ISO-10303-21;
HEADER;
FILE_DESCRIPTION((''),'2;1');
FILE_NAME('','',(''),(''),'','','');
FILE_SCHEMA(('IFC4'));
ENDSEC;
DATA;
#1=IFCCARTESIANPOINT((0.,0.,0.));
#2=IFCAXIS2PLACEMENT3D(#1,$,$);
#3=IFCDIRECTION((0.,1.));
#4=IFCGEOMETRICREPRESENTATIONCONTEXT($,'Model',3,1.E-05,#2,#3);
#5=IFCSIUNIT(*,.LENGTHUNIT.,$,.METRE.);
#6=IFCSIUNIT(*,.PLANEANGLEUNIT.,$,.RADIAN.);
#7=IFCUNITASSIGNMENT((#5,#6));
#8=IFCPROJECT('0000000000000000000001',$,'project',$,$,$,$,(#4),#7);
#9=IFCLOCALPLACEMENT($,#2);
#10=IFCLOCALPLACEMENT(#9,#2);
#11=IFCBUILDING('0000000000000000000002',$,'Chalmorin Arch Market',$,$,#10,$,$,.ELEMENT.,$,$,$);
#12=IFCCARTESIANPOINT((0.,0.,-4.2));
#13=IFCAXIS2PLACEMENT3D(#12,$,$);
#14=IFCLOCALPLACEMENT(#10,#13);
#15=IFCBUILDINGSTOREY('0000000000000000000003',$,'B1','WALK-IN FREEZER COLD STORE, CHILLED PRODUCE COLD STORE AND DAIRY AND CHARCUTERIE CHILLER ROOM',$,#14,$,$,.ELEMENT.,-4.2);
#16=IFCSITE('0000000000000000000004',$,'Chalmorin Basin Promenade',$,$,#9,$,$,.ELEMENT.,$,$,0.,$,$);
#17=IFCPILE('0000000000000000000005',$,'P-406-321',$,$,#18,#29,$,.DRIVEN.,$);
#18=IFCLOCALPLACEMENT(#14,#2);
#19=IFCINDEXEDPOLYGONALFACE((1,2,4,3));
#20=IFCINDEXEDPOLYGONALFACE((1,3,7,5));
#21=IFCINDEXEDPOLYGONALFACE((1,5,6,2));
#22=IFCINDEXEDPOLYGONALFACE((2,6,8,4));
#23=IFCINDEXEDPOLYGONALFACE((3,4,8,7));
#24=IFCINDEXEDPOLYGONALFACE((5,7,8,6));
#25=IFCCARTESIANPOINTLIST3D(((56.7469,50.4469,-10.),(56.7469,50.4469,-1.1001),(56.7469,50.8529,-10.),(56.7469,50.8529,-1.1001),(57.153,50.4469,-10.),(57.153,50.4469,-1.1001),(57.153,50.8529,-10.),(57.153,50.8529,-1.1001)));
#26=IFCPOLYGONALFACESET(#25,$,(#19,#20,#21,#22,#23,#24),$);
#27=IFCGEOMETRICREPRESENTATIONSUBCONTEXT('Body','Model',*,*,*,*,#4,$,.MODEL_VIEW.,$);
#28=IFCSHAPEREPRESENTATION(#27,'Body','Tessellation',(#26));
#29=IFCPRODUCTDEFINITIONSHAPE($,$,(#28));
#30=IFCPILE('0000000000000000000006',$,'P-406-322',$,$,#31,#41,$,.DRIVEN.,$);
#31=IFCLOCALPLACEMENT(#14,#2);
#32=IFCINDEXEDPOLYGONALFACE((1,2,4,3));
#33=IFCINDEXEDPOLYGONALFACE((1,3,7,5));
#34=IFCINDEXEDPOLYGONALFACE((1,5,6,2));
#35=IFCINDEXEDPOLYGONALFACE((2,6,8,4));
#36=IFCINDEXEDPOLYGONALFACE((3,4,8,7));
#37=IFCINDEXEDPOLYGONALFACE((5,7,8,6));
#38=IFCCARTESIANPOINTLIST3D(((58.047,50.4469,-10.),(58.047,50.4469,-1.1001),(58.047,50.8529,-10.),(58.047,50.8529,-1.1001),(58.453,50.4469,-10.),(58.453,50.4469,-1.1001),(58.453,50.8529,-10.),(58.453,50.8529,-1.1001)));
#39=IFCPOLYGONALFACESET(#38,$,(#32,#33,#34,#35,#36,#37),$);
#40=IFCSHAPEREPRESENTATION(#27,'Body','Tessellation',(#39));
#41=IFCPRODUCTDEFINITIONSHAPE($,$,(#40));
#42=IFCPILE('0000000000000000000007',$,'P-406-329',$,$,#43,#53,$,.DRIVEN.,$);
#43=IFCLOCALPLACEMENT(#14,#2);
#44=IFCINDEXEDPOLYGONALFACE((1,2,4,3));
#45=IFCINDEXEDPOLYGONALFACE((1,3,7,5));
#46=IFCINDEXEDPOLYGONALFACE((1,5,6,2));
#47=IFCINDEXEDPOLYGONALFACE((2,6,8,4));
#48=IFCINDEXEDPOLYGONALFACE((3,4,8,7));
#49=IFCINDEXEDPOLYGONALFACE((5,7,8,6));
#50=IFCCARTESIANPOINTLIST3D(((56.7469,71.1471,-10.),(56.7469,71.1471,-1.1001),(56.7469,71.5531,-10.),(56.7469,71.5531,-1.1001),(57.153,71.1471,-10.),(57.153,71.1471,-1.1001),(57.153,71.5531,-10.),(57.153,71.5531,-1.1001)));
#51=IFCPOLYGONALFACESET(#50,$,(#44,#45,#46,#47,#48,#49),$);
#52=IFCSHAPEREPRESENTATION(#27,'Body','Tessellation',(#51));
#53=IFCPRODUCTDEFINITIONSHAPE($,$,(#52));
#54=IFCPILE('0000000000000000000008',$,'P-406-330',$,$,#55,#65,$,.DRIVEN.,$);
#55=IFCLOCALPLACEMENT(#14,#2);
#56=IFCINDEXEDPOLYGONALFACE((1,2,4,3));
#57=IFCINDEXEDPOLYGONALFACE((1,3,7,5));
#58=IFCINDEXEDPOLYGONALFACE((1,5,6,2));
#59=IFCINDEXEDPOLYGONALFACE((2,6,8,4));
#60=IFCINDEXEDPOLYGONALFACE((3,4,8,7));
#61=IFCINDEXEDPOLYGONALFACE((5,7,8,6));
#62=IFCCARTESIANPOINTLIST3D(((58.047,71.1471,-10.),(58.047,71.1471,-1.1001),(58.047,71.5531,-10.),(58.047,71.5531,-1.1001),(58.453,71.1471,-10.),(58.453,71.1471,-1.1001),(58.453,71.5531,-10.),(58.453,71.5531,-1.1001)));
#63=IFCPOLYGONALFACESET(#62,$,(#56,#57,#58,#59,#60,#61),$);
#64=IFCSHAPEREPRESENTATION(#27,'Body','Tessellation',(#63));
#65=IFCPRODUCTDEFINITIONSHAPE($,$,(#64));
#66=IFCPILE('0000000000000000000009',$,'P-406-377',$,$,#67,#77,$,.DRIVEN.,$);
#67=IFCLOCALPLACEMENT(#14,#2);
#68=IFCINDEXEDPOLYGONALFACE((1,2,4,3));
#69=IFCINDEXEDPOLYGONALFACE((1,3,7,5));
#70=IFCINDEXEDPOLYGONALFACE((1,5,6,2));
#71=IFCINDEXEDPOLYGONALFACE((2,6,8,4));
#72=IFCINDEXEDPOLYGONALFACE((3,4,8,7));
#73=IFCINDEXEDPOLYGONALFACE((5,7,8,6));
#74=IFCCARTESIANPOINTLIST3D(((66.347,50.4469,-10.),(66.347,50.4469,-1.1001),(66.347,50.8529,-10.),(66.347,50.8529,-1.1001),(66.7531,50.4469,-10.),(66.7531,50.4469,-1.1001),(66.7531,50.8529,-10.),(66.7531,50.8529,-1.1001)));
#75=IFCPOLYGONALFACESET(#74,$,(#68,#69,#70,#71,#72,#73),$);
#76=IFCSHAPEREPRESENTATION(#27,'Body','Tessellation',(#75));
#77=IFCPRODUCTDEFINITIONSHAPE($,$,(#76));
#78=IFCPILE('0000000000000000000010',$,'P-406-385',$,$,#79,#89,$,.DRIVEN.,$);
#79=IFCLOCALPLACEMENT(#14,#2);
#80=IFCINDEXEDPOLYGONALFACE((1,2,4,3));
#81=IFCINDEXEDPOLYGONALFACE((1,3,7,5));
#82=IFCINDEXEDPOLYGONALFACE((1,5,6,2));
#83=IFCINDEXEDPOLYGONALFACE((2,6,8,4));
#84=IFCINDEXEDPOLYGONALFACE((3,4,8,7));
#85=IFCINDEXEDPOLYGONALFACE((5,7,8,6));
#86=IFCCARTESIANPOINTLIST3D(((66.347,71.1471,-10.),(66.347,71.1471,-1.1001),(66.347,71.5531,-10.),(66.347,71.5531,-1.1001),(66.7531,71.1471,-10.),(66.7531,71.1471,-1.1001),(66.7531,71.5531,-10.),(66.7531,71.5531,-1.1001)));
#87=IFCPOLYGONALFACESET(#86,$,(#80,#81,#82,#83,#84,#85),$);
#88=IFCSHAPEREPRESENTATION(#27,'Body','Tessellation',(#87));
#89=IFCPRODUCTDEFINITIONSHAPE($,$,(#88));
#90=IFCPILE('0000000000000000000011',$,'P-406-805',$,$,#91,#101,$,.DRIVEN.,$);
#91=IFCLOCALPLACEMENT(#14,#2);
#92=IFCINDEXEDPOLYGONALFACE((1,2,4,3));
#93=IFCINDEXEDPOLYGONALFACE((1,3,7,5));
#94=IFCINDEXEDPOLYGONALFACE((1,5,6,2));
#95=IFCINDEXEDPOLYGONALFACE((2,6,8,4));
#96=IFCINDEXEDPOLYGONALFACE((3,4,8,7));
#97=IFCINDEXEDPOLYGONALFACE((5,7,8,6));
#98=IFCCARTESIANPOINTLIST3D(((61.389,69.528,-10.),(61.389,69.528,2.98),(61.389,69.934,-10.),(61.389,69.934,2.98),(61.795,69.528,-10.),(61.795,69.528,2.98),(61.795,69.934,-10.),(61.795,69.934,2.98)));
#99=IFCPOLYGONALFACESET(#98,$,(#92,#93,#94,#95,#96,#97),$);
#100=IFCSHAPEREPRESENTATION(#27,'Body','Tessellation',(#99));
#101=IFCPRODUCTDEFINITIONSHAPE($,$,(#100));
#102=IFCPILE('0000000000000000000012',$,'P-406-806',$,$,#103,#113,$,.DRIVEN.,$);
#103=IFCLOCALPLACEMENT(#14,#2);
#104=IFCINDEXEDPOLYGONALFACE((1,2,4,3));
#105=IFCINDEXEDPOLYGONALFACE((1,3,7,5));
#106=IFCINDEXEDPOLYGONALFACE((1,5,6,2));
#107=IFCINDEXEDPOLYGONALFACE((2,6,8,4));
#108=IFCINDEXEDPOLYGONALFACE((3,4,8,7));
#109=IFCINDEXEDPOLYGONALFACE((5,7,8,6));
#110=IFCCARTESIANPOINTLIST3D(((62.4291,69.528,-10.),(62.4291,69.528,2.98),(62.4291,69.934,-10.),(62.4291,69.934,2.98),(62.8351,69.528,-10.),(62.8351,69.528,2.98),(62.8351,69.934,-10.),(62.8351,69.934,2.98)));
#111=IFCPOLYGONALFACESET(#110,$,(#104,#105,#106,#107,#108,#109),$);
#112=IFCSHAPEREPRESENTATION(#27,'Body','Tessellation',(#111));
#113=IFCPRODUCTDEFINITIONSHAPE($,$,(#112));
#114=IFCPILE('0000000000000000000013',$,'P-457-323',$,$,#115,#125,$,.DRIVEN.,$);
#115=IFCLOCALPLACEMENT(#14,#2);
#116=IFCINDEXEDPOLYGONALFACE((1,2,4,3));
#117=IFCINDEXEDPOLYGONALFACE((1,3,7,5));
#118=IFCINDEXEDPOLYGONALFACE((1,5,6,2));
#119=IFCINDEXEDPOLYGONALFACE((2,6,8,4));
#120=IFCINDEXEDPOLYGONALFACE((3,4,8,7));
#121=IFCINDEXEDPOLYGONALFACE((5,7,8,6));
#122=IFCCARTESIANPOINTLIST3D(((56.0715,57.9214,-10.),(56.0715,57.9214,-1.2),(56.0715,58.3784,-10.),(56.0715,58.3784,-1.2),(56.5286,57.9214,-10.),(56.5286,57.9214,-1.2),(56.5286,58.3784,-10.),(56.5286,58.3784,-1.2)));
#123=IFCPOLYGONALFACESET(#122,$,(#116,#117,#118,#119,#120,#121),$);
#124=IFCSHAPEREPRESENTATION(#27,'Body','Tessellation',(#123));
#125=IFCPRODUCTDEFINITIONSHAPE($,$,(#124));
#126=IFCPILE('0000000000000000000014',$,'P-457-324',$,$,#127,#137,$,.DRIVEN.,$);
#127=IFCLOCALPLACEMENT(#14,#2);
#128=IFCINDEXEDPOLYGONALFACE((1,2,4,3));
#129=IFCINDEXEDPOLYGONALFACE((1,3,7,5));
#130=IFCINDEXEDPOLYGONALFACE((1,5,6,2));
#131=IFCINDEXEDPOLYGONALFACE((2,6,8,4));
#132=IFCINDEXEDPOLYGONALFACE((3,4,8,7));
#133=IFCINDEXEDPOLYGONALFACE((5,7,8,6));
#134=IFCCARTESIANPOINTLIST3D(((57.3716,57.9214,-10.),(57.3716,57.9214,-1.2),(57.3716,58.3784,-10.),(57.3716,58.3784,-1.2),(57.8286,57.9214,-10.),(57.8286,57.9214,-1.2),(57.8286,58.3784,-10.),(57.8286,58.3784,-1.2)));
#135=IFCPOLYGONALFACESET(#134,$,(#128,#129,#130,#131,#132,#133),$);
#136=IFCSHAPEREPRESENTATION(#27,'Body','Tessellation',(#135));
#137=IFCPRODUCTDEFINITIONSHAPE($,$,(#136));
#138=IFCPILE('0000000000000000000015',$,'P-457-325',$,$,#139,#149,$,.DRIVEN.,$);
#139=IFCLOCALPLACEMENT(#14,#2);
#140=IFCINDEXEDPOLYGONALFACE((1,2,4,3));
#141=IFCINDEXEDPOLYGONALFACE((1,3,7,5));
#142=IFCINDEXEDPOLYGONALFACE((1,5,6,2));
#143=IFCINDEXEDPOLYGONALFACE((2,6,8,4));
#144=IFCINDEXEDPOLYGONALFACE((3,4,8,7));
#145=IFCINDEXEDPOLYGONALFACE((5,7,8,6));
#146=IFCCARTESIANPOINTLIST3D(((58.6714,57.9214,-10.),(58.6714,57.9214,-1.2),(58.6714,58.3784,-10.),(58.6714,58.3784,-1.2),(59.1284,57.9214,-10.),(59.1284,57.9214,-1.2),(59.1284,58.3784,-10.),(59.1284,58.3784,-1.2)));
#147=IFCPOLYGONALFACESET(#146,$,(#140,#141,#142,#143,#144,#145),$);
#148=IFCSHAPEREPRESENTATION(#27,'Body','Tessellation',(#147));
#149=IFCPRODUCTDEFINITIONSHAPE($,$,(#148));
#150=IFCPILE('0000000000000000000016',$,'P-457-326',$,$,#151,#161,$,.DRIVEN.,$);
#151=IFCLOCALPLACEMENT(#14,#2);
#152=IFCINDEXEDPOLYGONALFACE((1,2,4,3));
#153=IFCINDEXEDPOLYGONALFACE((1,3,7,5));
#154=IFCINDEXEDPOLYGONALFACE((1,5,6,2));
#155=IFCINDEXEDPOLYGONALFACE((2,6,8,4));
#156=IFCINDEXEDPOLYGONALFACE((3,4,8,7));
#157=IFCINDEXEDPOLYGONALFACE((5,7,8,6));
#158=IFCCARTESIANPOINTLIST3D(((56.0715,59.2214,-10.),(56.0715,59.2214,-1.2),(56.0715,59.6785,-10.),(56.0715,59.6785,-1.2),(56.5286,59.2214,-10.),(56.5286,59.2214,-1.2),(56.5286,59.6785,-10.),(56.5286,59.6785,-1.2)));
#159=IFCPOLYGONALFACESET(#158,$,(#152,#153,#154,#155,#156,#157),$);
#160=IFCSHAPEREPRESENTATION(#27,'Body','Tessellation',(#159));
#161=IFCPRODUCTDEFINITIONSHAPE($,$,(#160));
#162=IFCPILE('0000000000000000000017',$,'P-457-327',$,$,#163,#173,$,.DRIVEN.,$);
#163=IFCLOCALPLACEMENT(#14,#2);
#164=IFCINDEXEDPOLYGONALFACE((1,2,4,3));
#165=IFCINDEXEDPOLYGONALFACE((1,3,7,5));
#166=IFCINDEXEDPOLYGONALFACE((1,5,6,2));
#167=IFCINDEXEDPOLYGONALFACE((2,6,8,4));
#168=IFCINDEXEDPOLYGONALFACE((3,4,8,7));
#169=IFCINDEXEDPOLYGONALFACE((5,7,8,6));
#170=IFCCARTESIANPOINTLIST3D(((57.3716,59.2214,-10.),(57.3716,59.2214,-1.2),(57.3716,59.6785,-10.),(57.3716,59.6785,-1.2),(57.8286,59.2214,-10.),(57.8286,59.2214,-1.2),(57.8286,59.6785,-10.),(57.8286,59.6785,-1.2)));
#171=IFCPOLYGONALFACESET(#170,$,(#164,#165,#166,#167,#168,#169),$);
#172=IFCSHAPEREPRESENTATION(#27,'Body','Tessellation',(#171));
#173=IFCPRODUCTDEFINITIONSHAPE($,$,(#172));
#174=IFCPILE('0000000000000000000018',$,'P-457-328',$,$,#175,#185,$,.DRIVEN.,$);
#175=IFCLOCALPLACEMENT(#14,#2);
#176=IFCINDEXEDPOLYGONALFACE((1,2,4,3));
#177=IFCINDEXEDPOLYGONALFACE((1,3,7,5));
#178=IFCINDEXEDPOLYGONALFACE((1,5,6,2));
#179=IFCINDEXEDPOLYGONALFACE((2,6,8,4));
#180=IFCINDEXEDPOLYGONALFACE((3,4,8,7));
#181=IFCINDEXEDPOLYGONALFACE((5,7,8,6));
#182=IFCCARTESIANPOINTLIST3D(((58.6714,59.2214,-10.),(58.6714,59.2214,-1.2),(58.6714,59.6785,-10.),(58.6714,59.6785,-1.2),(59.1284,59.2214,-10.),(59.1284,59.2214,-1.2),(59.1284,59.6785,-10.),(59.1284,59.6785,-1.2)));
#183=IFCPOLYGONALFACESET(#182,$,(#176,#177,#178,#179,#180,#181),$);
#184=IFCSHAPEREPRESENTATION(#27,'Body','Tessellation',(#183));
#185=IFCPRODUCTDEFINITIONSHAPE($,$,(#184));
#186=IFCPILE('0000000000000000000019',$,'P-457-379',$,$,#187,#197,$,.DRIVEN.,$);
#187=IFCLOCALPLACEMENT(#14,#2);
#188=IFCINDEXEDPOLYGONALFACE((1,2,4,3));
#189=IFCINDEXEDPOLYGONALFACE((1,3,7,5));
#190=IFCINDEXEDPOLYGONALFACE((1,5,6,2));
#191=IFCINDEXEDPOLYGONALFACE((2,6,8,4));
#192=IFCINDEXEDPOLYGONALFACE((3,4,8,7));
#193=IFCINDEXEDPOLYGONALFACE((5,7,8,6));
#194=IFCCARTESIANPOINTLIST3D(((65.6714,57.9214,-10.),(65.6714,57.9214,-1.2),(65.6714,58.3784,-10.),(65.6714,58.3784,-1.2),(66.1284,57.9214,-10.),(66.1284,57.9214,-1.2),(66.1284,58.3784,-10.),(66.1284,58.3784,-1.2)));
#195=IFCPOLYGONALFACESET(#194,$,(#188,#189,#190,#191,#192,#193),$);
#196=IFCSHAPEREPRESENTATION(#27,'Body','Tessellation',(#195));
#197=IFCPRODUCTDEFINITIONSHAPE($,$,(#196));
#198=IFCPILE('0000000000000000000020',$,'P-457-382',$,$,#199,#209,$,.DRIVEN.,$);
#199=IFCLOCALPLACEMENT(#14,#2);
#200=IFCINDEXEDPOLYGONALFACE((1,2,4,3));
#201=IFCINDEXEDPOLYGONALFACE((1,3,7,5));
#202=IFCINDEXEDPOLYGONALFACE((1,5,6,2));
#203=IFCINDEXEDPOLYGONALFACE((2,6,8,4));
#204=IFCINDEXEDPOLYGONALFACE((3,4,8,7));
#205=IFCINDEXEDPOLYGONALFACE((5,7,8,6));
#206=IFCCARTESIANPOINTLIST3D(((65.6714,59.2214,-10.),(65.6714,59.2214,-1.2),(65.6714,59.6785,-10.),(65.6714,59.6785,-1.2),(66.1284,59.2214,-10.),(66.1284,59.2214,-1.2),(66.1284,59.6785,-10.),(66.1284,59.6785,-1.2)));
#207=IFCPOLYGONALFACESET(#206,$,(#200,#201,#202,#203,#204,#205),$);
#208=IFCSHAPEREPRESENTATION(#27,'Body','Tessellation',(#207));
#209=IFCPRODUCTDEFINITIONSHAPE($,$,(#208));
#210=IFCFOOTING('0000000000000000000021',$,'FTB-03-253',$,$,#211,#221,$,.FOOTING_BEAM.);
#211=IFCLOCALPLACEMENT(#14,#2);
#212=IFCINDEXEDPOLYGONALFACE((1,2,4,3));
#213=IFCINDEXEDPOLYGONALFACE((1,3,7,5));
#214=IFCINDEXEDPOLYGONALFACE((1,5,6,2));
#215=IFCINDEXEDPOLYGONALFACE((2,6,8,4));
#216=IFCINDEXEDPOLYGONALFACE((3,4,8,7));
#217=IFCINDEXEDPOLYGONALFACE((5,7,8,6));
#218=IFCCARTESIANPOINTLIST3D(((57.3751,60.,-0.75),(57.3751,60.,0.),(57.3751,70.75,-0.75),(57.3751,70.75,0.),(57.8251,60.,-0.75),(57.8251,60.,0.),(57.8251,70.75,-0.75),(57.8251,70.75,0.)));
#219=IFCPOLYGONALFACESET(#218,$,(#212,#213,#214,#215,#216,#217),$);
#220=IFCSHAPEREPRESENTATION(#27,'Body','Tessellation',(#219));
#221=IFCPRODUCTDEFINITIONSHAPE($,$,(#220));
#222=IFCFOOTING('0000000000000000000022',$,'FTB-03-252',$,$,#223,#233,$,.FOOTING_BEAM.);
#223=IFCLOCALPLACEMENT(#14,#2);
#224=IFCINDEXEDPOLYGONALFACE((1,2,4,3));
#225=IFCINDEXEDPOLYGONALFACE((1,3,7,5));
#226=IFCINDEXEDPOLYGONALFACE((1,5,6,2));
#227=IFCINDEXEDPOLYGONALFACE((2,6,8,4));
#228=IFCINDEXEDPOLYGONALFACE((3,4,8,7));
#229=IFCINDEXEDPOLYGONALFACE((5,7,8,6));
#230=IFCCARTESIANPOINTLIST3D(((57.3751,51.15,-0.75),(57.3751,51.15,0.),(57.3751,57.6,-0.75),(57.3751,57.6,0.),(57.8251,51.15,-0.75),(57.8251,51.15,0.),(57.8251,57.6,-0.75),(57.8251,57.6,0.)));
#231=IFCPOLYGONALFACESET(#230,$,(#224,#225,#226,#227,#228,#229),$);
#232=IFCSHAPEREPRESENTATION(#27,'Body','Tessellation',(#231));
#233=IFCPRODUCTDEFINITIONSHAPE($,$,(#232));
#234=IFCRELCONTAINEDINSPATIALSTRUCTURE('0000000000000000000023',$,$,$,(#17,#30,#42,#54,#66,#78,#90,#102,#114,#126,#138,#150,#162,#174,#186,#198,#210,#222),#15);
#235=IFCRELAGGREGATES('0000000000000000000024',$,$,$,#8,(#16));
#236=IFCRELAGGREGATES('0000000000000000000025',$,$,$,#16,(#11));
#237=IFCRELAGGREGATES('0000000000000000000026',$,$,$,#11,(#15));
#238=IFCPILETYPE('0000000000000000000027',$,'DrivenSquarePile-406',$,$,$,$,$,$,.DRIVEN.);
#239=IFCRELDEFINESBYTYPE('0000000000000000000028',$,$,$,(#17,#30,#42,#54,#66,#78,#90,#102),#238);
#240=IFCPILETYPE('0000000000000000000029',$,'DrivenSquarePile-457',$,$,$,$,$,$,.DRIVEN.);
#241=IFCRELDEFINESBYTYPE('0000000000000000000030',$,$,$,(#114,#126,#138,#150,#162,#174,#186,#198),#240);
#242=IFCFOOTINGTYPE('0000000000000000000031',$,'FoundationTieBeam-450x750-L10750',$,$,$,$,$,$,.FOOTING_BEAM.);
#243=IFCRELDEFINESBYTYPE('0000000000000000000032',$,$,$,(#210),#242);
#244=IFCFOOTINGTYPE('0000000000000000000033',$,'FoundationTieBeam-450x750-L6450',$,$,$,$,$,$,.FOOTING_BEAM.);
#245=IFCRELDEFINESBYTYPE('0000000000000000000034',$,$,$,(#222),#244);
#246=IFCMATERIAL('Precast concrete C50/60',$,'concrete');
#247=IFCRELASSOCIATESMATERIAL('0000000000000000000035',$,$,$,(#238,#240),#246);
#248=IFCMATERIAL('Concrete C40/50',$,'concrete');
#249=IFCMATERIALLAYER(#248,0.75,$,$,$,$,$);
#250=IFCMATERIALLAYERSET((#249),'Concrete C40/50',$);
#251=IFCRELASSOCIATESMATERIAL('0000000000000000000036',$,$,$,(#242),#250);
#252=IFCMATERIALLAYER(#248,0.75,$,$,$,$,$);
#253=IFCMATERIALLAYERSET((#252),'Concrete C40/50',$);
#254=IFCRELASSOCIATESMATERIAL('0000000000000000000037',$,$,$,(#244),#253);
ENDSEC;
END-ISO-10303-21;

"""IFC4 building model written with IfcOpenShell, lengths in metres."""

from ifc_helpers import new_model, si_unit, direction, frame, origin, origin_2d, place, context, subcontext, project, spatial, rectangle, extrude, material, layer, layer_set, material_profile, profile_set, type_object, element, save


model = new_model("IFC4")

# Units and contexts
model_context = context("Model", 3, precision=1e-05, world=origin(), true_north=direction((0.0, 1.0)))
body_context = subcontext(model_context, "Body", "Model", "MODEL_VIEW")
ifc_project = project(units=[si_unit("LENGTHUNIT", "METRE"), si_unit("PLANEANGLEUNIT", "RADIAN")], contexts=[model_context])

# Site, building, storey
site_placement = place(None, origin())
site = spatial("IfcSite", under=ifc_project, at=site_placement, Name="Chalmorin Basin Promenade", CompositionType="ELEMENT", RefElevation=0.0)
building_placement = place(site_placement, origin())
building = spatial("IfcBuilding", under=site, at=building_placement, Name="Chalmorin Arch Market", CompositionType="ELEMENT")
storey_placement = place(building_placement, frame((0.0, 0.0, -4.2)))
storey = spatial("IfcBuildingStorey", under=building, at=storey_placement, Name="B1", Description="WALK-IN FREEZER COLD STORE, CHILLED PRODUCE COLD STORE AND DAIRY AND CHARCUTERIE CHILLER ROOM", CompositionType="ELEMENT", Elevation=-4.2)

# Piles
ifc_material_1 = material(Name="Precast concrete C50/60", Category="concrete")
ifc_material_profile_1 = material_profile(ifc_material_1, rectangle(XDim=0.406, YDim=0.406, at=origin_2d()), Name="PPC406")
ifc_profile_set_1 = profile_set([ifc_material_profile_1], Name="Precast concrete C50/60")
pile_type_1 = type_object("IfcPileType", Name="DrivenSquarePile-406", PredefinedType="DRIVEN", material=ifc_profile_set_1)
for number, where, z_axis, x_axis, name in (
    (1, (56.95, 50.6499, -1.1001), (0.0, 0.0, -1.0), (1.0, 0.0, 0.0), "P-406-321"),
    (2, (58.25, 50.6499, -1.1001), (0.0, 0.0, -1.0), (1.0, 0.0, 0.0), "P-406-322"),
    (3, (56.95, 71.3501, -1.1001), (0.0, 0.0, -1.0), (1.0, 0.0, 0.0), "P-406-329"),
    (4, (58.25, 71.3501, -1.1001), (0.0, 0.0, -1.0), (1.0, 0.0, 0.0), "P-406-330"),
    (5, (66.55, 50.6499, -1.1001), (0.0, 0.0, -1.0), (1.0, 0.0, 0.0), "P-406-377"),
    (6, (66.55, 71.3501, -1.1001), (0.0, 0.0, -1.0), (1.0, 0.0, 0.0), "P-406-385"),
):
    element("IfcPile", number, at=place(storey_placement, frame(where, z_axis=z_axis, x_axis=x_axis)), inside=storey, type_object=pile_type_1, Name=name, PredefinedType="DRIVEN", context=body_context, shape_type="SweptSolid", body=[
        extrude(rectangle(XDim=0.406, YDim=0.406, at=origin_2d()), origin(), (0.0, 0.0, 1.0), 8.8999),
    ])
for number, where, z_axis, x_axis, name in (
    (7, (61.592, 69.731, 2.98), (0.0, 0.0, -1.0), (1.0, 0.0, 0.0), "P-406-805"),
    (8, (62.6321, 69.731, 2.98), (0.0, 0.0, -1.0), (1.0, 0.0, 0.0), "P-406-806"),
):
    element("IfcPile", number, at=place(storey_placement, frame(where, z_axis=z_axis, x_axis=x_axis)), inside=storey, type_object=pile_type_1, Name=name, PredefinedType="DRIVEN", context=body_context, shape_type="SweptSolid", body=[
        extrude(rectangle(XDim=0.406, YDim=0.406, at=origin_2d()), origin(), (0.0, 0.0, 1.0), 12.98),
    ])
ifc_material_profile_2 = material_profile(ifc_material_1, rectangle(XDim=0.457, YDim=0.457, at=origin_2d()), Name="PPC457")
ifc_profile_set_2 = profile_set([ifc_material_profile_2], Name="Precast concrete C50/60")
pile_type_2 = type_object("IfcPileType", Name="DrivenSquarePile-457", PredefinedType="DRIVEN", material=ifc_profile_set_2)
for number, where, z_axis, x_axis, name in (
    (9, (56.3, 58.1499, -1.2), (0.0, 0.0, -1.0), (1.0, 0.0, 0.0), "P-457-323"),
    (10, (57.6001, 58.1499, -1.2), (0.0, 0.0, -1.0), (1.0, 0.0, 0.0), "P-457-324"),
    (11, (58.8999, 58.1499, -1.2), (0.0, 0.0, -1.0), (1.0, 0.0, 0.0), "P-457-325"),
    (12, (56.3, 59.45, -1.2), (0.0, 0.0, -1.0), (1.0, 0.0, 0.0), "P-457-326"),
    (13, (57.6001, 59.45, -1.2), (0.0, 0.0, -1.0), (1.0, 0.0, 0.0), "P-457-327"),
    (14, (58.8999, 59.45, -1.2), (0.0, 0.0, -1.0), (1.0, 0.0, 0.0), "P-457-328"),
    (15, (65.8999, 58.1499, -1.2), (0.0, 0.0, -1.0), (1.0, 0.0, 0.0), "P-457-379"),
    (16, (65.8999, 59.45, -1.2), (0.0, 0.0, -1.0), (1.0, 0.0, 0.0), "P-457-382"),
):
    element("IfcPile", number, at=place(storey_placement, frame(where, z_axis=z_axis, x_axis=x_axis)), inside=storey, type_object=pile_type_2, Name=name, PredefinedType="DRIVEN", context=body_context, shape_type="SweptSolid", body=[
        extrude(rectangle(XDim=0.457, YDim=0.457, at=origin_2d()), origin(), (0.0, 0.0, 1.0), 8.8),
    ])

# Footings
ifc_material_2 = material(Name="Concrete C40/50", Category="concrete")
ifc_layer_1 = layer(ifc_material_2, 0.75)
ifc_layer_set_1 = layer_set([ifc_layer_1], Name="Concrete C40/50")
footing_type_1 = type_object("IfcFootingType", Name="FoundationTieBeam-450x750-L10750", PredefinedType="FOOTING_BEAM", material=ifc_layer_set_1)
footing_1_placement = place(storey_placement, frame((57.6001, 65.375, -0.75), z_axis=(0.0, 0.0, 1.0), x_axis=(0.0, 1.0, 0.0)))
element("IfcFooting", 17, at=footing_1_placement, inside=storey, type_object=footing_type_1, Name="FTB-03-253", PredefinedType="FOOTING_BEAM", context=body_context, shape_type="SweptSolid", body=[
    extrude(rectangle(XDim=10.75, YDim=0.45, at=origin_2d()), origin(), (0.0, 0.0, 1.0), 0.75),
])
ifc_layer_2 = layer(ifc_material_2, 0.75)
ifc_layer_set_2 = layer_set([ifc_layer_2], Name="Concrete C40/50")
footing_type_2 = type_object("IfcFootingType", Name="FoundationTieBeam-450x750-L6450", PredefinedType="FOOTING_BEAM", material=ifc_layer_set_2)
footing_2_placement = place(storey_placement, frame((57.6001, 54.375, -0.75), z_axis=(0.0, 0.0, 1.0), x_axis=(0.0, 1.0, 0.0)))
element("IfcFooting", 18, at=footing_2_placement, inside=storey, type_object=footing_type_2, Name="FTB-03-252", PredefinedType="FOOTING_BEAM", context=body_context, shape_type="SweptSolid", body=[
    extrude(rectangle(XDim=6.45, YDim=0.45, at=origin_2d()), origin(), (0.0, 0.0, 1.0), 0.75),
])

save(model, "model.ifc")
